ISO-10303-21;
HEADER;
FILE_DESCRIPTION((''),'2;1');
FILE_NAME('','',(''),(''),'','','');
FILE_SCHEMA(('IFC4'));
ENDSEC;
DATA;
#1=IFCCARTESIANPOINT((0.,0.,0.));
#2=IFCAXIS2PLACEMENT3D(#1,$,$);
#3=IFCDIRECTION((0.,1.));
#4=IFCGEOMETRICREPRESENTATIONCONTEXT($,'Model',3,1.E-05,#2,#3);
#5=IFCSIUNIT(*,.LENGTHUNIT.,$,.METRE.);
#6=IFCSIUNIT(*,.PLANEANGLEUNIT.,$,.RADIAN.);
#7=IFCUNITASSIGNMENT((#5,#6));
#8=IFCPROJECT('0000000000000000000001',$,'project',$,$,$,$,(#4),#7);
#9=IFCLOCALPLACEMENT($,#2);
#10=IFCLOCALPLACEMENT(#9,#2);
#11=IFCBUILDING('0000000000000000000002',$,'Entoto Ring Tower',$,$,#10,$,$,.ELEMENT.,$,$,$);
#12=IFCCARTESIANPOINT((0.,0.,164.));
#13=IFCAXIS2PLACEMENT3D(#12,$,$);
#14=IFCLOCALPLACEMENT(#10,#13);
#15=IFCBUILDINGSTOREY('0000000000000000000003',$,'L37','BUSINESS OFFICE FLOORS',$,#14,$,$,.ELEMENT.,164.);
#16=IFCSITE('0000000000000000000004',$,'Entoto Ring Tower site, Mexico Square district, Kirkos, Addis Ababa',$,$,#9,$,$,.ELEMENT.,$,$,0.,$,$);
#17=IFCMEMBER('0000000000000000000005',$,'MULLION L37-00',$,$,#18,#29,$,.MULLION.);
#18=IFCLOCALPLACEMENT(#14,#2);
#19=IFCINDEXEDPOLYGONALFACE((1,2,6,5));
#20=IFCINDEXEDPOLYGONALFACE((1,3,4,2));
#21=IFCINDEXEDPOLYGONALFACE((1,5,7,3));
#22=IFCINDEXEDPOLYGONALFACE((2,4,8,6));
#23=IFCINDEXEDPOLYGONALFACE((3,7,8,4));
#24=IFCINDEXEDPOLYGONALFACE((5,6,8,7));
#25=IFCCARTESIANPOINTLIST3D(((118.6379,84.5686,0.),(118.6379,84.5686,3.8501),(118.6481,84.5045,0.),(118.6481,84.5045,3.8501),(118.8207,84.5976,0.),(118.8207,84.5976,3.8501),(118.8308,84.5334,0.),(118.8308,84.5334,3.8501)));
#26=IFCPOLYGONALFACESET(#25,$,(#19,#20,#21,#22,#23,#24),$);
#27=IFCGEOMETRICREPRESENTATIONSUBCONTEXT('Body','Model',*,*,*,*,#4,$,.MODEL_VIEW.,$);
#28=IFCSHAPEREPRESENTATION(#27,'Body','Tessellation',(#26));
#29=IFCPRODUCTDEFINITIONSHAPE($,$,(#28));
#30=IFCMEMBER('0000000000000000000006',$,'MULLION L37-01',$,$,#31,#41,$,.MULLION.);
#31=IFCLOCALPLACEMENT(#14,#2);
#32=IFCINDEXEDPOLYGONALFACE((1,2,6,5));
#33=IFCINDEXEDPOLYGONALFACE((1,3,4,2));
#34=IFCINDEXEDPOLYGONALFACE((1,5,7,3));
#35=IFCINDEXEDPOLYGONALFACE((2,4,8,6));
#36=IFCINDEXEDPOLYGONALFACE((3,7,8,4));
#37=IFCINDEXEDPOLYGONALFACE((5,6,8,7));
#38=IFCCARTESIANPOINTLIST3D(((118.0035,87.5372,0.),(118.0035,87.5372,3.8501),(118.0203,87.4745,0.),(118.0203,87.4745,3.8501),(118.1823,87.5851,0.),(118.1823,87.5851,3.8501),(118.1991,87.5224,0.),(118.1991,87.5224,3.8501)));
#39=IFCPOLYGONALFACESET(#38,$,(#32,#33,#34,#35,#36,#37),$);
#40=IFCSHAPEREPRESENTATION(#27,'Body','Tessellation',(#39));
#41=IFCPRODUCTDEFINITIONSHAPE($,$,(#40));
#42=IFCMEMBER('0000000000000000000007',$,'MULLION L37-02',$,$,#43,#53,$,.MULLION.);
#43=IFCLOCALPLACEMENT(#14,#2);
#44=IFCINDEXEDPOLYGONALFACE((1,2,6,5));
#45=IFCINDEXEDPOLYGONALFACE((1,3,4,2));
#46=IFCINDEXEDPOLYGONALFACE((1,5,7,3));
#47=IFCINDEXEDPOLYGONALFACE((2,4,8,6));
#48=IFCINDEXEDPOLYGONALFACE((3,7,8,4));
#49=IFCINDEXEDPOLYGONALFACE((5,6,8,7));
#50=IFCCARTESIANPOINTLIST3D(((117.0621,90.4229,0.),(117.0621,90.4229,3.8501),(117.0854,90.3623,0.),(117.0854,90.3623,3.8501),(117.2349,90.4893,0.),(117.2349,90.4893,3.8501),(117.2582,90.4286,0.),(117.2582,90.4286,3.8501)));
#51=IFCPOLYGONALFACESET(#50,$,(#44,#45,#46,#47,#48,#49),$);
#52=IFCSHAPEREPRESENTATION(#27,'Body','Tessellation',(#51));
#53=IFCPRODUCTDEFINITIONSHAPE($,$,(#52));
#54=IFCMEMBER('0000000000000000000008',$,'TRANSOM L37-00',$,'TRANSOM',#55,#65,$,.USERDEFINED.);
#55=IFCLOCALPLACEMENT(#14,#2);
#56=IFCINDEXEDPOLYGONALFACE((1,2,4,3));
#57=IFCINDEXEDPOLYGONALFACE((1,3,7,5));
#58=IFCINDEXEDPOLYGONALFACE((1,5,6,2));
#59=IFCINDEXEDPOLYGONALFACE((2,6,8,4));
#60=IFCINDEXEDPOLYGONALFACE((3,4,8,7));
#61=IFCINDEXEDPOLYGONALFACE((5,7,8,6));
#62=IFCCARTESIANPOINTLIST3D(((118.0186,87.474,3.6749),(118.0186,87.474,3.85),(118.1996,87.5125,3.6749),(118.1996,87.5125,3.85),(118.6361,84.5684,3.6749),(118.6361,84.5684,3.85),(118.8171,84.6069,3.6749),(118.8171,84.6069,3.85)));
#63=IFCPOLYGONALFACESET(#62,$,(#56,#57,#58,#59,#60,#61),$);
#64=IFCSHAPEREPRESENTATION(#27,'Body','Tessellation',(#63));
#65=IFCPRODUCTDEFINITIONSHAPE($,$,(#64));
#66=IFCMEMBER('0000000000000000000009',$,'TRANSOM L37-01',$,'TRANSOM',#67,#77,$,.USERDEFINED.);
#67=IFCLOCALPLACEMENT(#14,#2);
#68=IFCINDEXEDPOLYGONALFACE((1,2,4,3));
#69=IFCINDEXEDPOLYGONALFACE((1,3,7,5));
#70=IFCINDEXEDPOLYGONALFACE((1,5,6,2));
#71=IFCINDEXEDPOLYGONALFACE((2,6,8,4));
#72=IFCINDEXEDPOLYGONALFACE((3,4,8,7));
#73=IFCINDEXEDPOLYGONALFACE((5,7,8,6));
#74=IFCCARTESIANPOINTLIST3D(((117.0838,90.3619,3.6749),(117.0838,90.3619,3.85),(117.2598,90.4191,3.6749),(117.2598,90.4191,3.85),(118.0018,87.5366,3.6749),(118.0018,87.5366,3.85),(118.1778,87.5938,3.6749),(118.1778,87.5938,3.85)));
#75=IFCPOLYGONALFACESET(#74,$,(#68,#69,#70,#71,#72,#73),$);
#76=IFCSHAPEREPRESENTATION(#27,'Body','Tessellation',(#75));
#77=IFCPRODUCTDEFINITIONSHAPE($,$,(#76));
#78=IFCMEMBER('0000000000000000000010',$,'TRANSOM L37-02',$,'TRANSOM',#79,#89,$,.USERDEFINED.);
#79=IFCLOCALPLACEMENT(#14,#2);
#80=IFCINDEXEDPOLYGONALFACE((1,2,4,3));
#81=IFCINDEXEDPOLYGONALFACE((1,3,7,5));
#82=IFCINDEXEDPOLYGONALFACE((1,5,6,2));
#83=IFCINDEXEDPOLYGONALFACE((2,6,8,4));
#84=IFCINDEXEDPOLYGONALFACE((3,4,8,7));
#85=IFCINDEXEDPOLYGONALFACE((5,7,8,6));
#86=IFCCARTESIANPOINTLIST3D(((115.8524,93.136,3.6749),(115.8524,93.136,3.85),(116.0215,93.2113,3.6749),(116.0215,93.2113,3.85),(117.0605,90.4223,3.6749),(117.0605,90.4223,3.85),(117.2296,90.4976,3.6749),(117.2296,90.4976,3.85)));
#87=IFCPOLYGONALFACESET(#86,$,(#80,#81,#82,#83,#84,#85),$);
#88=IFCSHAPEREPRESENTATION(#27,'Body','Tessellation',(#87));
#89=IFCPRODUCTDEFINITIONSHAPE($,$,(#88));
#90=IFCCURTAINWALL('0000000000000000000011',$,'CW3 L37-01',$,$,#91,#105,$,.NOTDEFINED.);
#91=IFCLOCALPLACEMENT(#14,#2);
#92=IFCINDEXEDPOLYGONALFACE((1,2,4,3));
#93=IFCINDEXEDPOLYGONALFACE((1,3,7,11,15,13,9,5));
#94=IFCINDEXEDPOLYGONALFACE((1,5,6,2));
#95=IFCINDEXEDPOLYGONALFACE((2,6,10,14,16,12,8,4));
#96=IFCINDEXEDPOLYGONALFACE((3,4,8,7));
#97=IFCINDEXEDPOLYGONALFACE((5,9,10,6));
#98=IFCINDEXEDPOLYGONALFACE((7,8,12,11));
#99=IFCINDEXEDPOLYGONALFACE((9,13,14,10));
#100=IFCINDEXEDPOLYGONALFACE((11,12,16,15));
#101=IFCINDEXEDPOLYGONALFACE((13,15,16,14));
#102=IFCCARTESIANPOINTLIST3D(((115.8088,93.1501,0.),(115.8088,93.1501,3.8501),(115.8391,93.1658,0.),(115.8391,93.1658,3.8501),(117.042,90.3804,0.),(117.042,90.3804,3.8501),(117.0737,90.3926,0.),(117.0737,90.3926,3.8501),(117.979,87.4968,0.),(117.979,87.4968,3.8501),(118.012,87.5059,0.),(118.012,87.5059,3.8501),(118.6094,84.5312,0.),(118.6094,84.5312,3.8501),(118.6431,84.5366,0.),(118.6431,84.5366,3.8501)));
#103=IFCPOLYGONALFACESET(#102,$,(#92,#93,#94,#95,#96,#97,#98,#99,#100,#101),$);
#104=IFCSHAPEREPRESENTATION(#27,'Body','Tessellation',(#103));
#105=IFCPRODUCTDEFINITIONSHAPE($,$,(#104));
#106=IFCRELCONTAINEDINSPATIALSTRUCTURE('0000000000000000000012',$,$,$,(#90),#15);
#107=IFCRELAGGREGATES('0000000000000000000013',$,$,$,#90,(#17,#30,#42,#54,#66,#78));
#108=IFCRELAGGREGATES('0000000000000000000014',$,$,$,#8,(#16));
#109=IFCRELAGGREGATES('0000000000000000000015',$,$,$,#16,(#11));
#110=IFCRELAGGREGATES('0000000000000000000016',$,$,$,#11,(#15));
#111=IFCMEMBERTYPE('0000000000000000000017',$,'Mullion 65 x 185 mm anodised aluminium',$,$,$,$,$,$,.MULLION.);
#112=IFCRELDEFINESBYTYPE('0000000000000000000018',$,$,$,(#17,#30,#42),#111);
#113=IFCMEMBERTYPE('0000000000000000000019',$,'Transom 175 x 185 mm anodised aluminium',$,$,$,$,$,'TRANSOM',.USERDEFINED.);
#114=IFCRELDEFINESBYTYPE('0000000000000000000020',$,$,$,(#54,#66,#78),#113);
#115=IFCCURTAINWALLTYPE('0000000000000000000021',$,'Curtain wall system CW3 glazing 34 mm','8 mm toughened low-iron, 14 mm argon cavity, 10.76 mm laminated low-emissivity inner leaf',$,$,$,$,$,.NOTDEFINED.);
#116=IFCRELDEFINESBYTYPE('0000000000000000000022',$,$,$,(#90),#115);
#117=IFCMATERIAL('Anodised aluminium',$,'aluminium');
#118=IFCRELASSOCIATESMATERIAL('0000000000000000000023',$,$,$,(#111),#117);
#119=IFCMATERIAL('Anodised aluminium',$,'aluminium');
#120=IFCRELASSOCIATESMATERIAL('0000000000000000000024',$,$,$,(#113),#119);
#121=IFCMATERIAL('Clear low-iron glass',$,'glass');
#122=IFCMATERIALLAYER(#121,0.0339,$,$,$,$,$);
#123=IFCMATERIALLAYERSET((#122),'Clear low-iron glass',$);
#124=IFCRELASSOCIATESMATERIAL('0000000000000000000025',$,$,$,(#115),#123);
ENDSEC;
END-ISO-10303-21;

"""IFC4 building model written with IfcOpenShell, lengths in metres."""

from ifc_helpers import new_model, si_unit, direction, frame, origin, origin_2d, place, context, subcontext, project, spatial, polyline, rectangle, outline, extrude, material, layer, layer_set, material_profile, profile_set, type_object, element, aggregate, save


model = new_model("IFC4")

# Units and contexts
model_context = context("Model", 3, precision=1e-05, world=origin(), true_north=direction((0.0, 1.0)))
body_context = subcontext(model_context, "Body", "Model", "MODEL_VIEW")
ifc_project = project(units=[si_unit("LENGTHUNIT", "METRE"), si_unit("PLANEANGLEUNIT", "RADIAN")], contexts=[model_context])

# Members
ifc_material_1 = material(Name="Anodised aluminium", Category="aluminium")
ifc_material_profile_1 = material_profile(ifc_material_1, rectangle(XDim=0.0649, YDim=0.1851, at=origin_2d()), Name="Mullion 65 x 185 mm anodised aluminium")
ifc_profile_set_1 = profile_set([ifc_material_profile_1], Name="Anodised aluminium")
member_type_1 = type_object("IfcMemberType", Name="Mullion 65 x 185 mm anodised aluminium", PredefinedType="MULLION", material=ifc_profile_set_1)
site_placement = place(None, origin())
building_placement = place(site_placement, origin())
storey_placement = place(building_placement, frame((0.0, 0.0, 164.0)))
member_1_placement = place(storey_placement, frame((118.7344, 84.551, 0.0), z_axis=(0.0, 0.0, 1.0), x_axis=(-0.156434, 0.987688, 0.0)))
member_1 = element("IfcMember", 1, at=member_1_placement, type_object=member_type_1, Name="MULLION L37-00", PredefinedType="MULLION", context=body_context, shape_type="SweptSolid", body=[
    extrude(rectangle(XDim=0.0649, YDim=0.1851, at=origin_2d()), origin(), (0.0, 0.0, 1.0), 3.8501),
])
member_2_placement = place(storey_placement, frame((118.1013, 87.5298, 0.0), z_axis=(0.0, 0.0, 1.0), x_axis=(-0.258819, 0.965926, 0.0)))
member_2 = element("IfcMember", 2, at=member_2_placement, type_object=member_type_1, Name="MULLION L37-01", PredefinedType="MULLION", context=body_context, shape_type="SweptSolid", body=[
    extrude(rectangle(XDim=0.0649, YDim=0.1851, at=origin_2d()), origin(), (0.0, 0.0, 1.0), 3.8501),
])
member_3_placement = place(storey_placement, frame((117.1602, 90.4258, 0.0), z_axis=(0.0, 0.0, 1.0), x_axis=(-0.358368, 0.93358, 0.0)))
member_3 = element("IfcMember", 3, at=member_3_placement, type_object=member_type_1, Name="MULLION L37-02", PredefinedType="MULLION", context=body_context, shape_type="SweptSolid", body=[
    extrude(rectangle(XDim=0.0649, YDim=0.1851, at=origin_2d()), origin(), (0.0, 0.0, 1.0), 3.8501),
])
ifc_material_2 = material(Name="Anodised aluminium", Category="aluminium")
ifc_material_profile_2 = material_profile(ifc_material_2, rectangle(XDim=0.1851, YDim=0.175, at=origin_2d()), Name="Transom 175 x 185 mm anodised aluminium")
ifc_profile_set_2 = profile_set([ifc_material_profile_2], Name="Anodised aluminium")
member_type_2 = type_object("IfcMemberType", Name="Transom 175 x 185 mm anodised aluminium", ElementType="TRANSOM", PredefinedType="USERDEFINED", material=ifc_profile_set_2)
member_4_placement = place(storey_placement, frame((118.7266, 84.5876, 3.7625), z_axis=(-0.207862, 0.978158, 0.0), x_axis=(-0.978158, -0.207862, 0.0)))
member_4 = element("IfcMember", 4, at=member_4_placement, type_object=member_type_2, Name="TRANSOM L37-00", ObjectType="TRANSOM", PredefinedType="USERDEFINED", context=body_context, shape_type="SweptSolid", body=[
    extrude(rectangle(XDim=0.1851, YDim=0.175, at=origin_2d()), origin(), (0.0, 0.0, 1.0), 2.9705),
])
member_5_placement = place(storey_placement, frame((118.0898, 87.5652, 3.7625), z_axis=(-0.309019, 0.951056, 0.0), x_axis=(-0.951056, -0.309019, 0.0)))
member_5 = element("IfcMember", 5, at=member_5_placement, type_object=member_type_2, Name="TRANSOM L37-01", ObjectType="TRANSOM", PredefinedType="USERDEFINED", context=body_context, shape_type="SweptSolid", body=[
    extrude(rectangle(XDim=0.1851, YDim=0.175, at=origin_2d()), origin(), (0.0, 0.0, 1.0), 2.9707),
])
member_6_placement = place(storey_placement, frame((117.145, 90.46, 3.7625), z_axis=(-0.406687, 0.913567, 0.0), x_axis=(-0.913567, -0.406687, 0.0)))
member_6 = element("IfcMember", 6, at=member_6_placement, type_object=member_type_2, Name="TRANSOM L37-02", ObjectType="TRANSOM", PredefinedType="USERDEFINED", context=body_context, shape_type="SweptSolid", body=[
    extrude(rectangle(XDim=0.1851, YDim=0.175, at=origin_2d()), origin(), (0.0, 0.0, 1.0), 2.9705),
])

# Site, building, storey
site = spatial("IfcSite", under=ifc_project, at=site_placement, Name="Entoto Ring Tower site, Mexico Square district, Kirkos, Addis Ababa", CompositionType="ELEMENT", RefElevation=0.0)
building = spatial("IfcBuilding", under=site, at=building_placement, Name="Entoto Ring Tower", CompositionType="ELEMENT")
storey = spatial("IfcBuildingStorey", under=building, at=storey_placement, Name="L37", Description="BUSINESS OFFICE FLOORS", CompositionType="ELEMENT", Elevation=164.0)

# Curtain wall
ifc_material_3 = material(Name="Clear low-iron glass", Category="glass")
ifc_layer_1 = layer(ifc_material_3, 0.0339)
ifc_layer_set_1 = layer_set([ifc_layer_1], Name="Clear low-iron glass")
curtain_wall_type = type_object("IfcCurtainWallType", Name="Curtain wall system CW3 glazing 34 mm", Description="8 mm toughened low-iron, 14 mm argon cavity, 10.76 mm laminated low-emissivity inner leaf", PredefinedType="NOTDEFINED", material=ifc_layer_set_1)
curtain_wall_1_placement = place(storey_placement, origin())
curtain_wall_1 = element("IfcCurtainWall", 7, at=curtain_wall_1_placement, inside=storey, type_object=curtain_wall_type, Name="CW3 L37-01", PredefinedType="NOTDEFINED", context=body_context, shape_type="SweptSolid", body=[
    extrude(outline(polyline([(118.6431, 84.5366), (118.012, 87.5059), (117.0737, 90.3926), (115.8391, 93.1658), (115.8088, 93.1501), (117.042, 90.3804), (117.979, 87.4968), (118.6094, 84.5312), (118.6431, 84.5366)])), origin(), (0.0, 0.0, 1.0), 3.8501),
])
aggregate(curtain_wall_1, [member_1, member_2, member_3, member_4, member_5, member_6])

save(model, "model.ifc")
